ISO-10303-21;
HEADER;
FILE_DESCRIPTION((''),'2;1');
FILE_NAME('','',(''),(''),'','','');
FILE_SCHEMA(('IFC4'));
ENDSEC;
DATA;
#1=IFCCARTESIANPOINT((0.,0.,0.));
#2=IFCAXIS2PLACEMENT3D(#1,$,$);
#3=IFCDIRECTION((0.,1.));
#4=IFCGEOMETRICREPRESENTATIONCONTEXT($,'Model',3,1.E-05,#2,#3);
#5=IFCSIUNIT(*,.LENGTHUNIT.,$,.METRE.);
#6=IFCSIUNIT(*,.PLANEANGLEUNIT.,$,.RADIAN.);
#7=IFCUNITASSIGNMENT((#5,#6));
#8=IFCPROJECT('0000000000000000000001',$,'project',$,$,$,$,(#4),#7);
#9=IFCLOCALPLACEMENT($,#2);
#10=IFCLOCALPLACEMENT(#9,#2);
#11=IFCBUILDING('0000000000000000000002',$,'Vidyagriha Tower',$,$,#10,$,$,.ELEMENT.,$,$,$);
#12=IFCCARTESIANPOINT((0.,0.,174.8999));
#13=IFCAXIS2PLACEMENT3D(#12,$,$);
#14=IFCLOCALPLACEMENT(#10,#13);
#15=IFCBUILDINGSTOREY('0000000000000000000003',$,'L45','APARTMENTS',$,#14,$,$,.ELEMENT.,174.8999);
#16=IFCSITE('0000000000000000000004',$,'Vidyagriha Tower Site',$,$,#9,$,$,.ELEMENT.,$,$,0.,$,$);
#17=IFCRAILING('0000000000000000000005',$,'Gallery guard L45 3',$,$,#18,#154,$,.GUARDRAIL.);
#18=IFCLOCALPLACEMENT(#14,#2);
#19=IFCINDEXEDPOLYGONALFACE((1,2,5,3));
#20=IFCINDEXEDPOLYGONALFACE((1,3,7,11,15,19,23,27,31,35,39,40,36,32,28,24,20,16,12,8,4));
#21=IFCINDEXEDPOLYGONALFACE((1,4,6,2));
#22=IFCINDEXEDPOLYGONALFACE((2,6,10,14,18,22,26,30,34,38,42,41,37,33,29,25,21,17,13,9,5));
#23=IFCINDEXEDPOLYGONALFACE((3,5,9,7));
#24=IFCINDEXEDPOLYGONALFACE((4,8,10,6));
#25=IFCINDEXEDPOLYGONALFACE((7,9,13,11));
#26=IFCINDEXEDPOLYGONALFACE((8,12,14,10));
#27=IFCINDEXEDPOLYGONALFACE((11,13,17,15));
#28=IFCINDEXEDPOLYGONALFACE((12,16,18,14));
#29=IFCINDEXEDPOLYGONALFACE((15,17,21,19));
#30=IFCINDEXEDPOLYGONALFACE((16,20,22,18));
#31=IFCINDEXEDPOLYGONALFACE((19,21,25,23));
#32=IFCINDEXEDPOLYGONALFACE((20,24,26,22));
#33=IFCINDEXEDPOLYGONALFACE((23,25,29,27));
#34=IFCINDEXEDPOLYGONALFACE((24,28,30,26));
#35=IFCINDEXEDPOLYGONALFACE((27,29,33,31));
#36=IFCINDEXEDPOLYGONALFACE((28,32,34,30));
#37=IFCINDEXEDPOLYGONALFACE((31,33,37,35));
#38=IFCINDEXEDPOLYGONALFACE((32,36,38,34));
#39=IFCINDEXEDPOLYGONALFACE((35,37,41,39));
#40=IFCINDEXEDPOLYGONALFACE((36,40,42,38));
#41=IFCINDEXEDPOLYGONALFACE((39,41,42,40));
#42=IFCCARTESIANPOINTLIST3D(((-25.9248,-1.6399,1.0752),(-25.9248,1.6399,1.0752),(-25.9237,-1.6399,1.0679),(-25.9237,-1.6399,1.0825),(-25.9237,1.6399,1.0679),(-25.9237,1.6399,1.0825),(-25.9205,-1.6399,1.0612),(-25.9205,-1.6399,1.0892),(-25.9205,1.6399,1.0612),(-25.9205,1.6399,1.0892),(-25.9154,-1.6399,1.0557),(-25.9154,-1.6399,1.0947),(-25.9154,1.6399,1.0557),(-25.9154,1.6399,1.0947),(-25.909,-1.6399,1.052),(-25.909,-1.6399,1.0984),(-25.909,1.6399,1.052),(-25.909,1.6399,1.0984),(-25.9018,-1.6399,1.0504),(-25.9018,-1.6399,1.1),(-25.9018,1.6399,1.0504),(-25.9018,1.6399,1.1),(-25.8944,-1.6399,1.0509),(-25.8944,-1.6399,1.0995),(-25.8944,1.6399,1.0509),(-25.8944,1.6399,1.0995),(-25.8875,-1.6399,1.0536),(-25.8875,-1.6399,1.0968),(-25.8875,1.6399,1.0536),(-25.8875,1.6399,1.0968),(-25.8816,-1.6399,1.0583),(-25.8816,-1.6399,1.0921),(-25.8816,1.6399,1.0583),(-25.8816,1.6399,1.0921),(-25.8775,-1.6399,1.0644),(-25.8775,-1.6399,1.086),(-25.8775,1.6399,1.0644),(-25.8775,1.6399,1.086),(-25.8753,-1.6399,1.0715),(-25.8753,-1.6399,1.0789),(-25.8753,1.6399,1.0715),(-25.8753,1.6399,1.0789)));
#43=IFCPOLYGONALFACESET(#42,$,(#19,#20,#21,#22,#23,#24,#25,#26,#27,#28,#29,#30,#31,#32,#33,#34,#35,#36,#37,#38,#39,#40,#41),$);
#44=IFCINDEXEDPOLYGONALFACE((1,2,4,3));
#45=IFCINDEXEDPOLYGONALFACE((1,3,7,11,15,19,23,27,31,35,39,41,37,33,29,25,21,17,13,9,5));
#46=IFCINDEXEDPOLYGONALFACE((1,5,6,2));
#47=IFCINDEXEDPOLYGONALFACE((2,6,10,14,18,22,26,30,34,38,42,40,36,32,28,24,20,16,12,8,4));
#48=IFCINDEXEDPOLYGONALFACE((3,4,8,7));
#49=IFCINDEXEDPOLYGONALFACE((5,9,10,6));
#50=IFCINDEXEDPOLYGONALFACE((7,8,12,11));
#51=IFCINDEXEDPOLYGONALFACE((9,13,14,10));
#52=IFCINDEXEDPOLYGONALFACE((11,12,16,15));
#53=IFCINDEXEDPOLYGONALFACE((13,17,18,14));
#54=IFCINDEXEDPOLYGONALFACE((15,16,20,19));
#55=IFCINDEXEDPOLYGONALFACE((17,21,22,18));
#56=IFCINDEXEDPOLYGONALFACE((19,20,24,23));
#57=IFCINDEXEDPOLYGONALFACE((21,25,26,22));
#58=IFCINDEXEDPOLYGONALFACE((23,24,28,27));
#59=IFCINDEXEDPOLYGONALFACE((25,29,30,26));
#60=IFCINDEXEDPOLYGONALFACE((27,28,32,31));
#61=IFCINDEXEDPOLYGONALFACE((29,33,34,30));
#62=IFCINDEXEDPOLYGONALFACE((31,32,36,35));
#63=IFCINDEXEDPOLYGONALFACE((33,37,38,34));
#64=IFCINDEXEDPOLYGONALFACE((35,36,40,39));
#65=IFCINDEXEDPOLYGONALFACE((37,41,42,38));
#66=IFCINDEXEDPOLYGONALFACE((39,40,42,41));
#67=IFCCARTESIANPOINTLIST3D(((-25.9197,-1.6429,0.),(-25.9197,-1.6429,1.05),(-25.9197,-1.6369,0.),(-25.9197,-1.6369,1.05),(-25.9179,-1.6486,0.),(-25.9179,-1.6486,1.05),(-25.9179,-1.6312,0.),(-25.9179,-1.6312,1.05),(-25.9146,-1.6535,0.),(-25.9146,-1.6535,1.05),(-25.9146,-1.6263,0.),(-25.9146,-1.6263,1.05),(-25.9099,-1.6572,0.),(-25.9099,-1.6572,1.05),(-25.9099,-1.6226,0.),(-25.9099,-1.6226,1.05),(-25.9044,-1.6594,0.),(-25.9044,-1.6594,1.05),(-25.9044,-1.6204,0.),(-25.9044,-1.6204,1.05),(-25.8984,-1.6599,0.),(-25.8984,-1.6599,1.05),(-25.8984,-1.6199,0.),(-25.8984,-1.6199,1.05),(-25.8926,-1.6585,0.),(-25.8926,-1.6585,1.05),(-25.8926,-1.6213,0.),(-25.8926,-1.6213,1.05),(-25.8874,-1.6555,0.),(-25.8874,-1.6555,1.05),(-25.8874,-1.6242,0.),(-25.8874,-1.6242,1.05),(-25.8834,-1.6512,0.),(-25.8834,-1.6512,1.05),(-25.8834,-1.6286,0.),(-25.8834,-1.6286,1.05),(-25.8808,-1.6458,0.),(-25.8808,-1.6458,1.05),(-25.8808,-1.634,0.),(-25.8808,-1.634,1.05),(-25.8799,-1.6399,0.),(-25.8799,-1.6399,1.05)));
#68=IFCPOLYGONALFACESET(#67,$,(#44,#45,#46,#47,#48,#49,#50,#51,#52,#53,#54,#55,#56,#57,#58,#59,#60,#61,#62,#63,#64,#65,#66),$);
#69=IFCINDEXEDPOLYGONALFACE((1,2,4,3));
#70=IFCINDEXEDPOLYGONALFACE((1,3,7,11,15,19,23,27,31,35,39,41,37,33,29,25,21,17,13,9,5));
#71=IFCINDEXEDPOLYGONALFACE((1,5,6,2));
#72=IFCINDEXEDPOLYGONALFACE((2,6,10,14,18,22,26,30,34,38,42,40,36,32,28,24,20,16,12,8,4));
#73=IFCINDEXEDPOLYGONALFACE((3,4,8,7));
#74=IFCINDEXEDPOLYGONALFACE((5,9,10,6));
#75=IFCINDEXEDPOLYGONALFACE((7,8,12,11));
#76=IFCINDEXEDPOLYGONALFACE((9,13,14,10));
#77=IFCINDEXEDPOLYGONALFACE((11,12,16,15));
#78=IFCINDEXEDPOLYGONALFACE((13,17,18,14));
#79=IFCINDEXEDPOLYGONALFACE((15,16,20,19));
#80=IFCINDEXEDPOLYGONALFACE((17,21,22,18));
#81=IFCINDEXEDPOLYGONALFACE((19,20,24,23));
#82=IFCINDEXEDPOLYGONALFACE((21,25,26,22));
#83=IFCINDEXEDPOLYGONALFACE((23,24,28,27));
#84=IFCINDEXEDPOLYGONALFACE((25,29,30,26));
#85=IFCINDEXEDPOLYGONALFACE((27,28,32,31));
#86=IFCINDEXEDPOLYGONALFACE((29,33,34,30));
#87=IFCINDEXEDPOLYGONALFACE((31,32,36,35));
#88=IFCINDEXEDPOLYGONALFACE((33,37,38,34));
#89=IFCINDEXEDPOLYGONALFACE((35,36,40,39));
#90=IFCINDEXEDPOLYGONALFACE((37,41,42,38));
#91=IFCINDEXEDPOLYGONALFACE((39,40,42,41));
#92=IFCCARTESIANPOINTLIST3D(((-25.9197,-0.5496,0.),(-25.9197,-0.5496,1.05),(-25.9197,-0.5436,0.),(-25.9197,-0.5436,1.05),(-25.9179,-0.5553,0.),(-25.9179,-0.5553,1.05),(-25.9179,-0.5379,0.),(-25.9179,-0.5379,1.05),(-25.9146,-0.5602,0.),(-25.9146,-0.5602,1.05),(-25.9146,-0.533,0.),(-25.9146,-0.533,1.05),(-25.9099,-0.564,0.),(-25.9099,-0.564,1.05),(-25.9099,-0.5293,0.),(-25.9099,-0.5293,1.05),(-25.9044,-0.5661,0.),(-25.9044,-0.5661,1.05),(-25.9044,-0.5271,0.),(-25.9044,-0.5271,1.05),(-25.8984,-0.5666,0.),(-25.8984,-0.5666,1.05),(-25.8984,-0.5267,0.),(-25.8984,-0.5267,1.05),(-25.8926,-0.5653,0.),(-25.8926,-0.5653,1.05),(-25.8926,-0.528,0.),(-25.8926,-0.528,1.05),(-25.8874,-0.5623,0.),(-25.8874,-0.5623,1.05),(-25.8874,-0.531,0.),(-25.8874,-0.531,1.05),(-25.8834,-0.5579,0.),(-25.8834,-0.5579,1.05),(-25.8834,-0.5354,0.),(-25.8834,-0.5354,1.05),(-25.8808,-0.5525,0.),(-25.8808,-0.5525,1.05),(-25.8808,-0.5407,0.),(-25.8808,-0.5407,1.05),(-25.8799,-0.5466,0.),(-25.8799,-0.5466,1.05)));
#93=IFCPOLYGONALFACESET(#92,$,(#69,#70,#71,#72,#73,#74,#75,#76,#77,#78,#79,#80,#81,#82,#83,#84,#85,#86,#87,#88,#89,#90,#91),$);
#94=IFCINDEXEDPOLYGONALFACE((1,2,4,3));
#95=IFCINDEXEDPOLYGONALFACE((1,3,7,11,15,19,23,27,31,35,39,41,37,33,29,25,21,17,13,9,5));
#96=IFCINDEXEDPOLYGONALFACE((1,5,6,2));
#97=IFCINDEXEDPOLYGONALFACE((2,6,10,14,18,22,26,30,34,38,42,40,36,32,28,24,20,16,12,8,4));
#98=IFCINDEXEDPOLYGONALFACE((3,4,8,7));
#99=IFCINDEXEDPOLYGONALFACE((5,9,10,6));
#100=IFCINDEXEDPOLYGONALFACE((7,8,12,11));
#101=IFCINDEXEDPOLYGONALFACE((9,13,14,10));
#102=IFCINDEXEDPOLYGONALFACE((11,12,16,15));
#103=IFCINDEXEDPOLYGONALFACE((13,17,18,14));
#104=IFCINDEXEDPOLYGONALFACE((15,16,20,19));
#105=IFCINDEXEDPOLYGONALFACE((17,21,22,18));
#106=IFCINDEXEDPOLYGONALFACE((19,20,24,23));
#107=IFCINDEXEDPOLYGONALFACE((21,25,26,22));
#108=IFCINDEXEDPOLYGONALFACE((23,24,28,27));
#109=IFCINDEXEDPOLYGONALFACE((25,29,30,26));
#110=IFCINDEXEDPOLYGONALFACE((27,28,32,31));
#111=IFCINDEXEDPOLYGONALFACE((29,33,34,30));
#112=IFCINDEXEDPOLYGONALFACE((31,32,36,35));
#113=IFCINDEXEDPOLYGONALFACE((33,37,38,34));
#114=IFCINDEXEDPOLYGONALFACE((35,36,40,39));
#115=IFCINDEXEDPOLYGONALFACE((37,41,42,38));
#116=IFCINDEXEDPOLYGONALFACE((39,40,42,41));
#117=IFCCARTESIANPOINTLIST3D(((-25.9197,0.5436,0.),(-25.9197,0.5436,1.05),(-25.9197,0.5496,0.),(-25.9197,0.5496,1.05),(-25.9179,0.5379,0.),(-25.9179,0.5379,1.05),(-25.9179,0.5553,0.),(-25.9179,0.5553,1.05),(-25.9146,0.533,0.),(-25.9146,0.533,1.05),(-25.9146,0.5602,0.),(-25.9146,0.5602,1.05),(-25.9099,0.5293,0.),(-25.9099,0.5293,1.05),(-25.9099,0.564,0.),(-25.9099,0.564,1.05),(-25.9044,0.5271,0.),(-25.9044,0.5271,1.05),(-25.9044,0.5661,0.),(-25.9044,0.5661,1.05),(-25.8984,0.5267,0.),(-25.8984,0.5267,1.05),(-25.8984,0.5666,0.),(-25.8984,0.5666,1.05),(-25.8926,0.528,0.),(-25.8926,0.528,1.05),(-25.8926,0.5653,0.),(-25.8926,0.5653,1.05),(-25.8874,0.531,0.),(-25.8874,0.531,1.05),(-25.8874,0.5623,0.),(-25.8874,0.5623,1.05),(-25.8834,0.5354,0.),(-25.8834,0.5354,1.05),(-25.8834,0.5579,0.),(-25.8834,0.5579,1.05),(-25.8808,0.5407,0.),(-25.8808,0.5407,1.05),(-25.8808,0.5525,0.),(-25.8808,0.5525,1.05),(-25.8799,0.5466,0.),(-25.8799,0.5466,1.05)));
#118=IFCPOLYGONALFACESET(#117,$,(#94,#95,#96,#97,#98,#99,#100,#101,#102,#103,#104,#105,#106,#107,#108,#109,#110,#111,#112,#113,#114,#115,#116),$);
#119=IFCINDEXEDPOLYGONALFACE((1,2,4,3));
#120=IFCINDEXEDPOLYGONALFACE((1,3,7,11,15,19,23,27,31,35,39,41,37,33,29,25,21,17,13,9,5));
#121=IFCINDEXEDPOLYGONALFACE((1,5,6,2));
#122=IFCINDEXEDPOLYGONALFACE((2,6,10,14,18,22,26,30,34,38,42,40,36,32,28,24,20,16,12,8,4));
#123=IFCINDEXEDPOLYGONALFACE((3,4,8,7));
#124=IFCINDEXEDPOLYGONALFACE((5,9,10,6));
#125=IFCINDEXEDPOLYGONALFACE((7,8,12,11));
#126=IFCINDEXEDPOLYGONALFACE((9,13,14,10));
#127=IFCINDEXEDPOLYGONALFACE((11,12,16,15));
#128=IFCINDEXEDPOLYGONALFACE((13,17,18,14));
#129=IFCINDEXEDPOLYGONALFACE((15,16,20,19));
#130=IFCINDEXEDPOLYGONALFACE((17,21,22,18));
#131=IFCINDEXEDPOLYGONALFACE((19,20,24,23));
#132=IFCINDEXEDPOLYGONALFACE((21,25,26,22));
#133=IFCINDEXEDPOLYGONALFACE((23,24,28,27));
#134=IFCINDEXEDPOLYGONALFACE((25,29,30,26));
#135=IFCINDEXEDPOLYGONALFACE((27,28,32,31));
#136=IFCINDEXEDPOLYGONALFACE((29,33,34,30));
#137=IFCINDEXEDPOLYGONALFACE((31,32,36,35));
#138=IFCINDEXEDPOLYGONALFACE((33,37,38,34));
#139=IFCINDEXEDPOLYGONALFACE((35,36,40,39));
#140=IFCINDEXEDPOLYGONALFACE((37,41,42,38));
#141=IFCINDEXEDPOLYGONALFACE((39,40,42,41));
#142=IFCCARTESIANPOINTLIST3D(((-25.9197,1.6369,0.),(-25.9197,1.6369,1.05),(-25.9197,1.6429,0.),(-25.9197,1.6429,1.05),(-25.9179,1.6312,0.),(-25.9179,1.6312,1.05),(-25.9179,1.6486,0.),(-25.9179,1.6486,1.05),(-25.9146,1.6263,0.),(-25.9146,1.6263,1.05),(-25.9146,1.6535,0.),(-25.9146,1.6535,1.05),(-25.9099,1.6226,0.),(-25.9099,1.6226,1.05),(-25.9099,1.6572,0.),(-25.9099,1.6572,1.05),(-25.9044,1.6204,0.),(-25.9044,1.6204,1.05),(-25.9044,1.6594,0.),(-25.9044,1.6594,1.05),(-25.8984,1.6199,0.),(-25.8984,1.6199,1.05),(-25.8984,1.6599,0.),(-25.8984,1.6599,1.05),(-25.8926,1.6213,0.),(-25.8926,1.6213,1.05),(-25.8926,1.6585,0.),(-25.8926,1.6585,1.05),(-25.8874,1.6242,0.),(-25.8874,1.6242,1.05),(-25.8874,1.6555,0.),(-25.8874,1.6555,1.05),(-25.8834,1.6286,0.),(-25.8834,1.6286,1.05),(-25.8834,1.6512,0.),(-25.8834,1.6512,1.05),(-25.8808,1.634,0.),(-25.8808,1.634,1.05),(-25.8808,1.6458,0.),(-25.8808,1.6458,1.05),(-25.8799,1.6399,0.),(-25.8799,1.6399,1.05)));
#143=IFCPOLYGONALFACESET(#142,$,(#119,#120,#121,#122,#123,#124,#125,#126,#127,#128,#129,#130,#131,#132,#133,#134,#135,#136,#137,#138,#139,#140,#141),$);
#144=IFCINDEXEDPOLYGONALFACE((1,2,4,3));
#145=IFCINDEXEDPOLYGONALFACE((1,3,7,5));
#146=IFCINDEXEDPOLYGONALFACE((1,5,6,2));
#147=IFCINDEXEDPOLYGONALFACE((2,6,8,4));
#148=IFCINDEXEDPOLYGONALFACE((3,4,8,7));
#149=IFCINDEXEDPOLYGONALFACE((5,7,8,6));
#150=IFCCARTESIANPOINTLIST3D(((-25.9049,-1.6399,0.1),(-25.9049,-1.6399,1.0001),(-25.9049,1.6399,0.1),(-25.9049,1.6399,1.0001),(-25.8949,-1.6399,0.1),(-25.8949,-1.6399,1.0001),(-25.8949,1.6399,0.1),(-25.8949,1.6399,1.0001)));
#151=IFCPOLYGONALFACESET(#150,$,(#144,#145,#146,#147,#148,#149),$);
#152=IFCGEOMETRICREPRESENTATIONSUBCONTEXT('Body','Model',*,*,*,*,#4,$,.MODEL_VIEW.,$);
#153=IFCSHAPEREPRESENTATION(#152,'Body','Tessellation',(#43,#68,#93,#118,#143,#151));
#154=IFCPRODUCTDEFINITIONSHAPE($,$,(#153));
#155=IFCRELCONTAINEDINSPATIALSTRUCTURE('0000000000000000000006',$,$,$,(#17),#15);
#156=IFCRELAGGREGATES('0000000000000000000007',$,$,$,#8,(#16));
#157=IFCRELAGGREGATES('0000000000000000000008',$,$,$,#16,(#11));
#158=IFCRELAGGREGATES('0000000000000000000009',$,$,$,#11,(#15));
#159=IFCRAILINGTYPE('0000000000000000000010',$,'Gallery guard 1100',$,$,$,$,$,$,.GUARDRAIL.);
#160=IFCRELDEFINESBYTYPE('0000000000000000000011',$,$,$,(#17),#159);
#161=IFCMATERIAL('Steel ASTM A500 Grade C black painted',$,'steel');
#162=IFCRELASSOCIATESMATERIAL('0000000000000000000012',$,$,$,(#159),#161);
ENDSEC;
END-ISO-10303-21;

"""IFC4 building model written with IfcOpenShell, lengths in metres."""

from ifc_helpers import new_model, si_unit, direction, frame, origin, origin_2d, place, context, subcontext, project, spatial, rectangle, circle, extrude, material, type_object, element, save


model = new_model("IFC4")

# Units and contexts
model_context = context("Model", 3, precision=1e-05, world=origin(), true_north=direction((0.0, 1.0)))
body_context = subcontext(model_context, "Body", "Model", "MODEL_VIEW")
ifc_project = project(units=[si_unit("LENGTHUNIT", "METRE"), si_unit("PLANEANGLEUNIT", "RADIAN")], contexts=[model_context])

# Site, building, storey
site_placement = place(None, origin())
site = spatial("IfcSite", under=ifc_project, at=site_placement, Name="Vidyagriha Tower Site", CompositionType="ELEMENT", RefElevation=0.0)
building_placement = place(site_placement, origin())
building = spatial("IfcBuilding", under=site, at=building_placement, Name="Vidyagriha Tower", CompositionType="ELEMENT")
storey_placement = place(building_placement, frame((0.0, 0.0, 174.8999)))
storey = spatial("IfcBuildingStorey", under=building, at=storey_placement, Name="L45", Description="APARTMENTS", CompositionType="ELEMENT", Elevation=174.8999)

# Railing
ifc_material_1 = material(Name="Steel ASTM A500 Grade C black painted", Category="steel")
railing_type_1 = type_object("IfcRailingType", Name="Gallery guard 1100", PredefinedType="GUARDRAIL", material=ifc_material_1)
railing_1_placement = place(storey_placement, frame((-25.8999, -1.6399, 0.0)))
element("IfcRailing", 1, at=railing_1_placement, inside=storey, type_object=railing_type_1, Name="Gallery guard L45 3", PredefinedType="GUARDRAIL", context=body_context, shape_type="SweptSolid", body=[
    extrude(circle(Radius=0.0249, at=origin_2d()), frame((0.0, 0.0, 1.0752), z_axis=(0.0, 1.0, 0.0), x_axis=(-1.0, 0.0, 0.0)), (0.0, 0.0, 1.0), 3.2798),
    extrude(circle(Radius=0.02, at=origin_2d()), origin(), (0.0, 0.0, 1.0), 1.05),
    extrude(circle(Radius=0.02, at=origin_2d()), frame((0.0, 1.0933, 0.0)), (0.0, 0.0, 1.0), 1.05),
    extrude(circle(Radius=0.02, at=origin_2d()), frame((0.0, 2.1865, 0.0)), (0.0, 0.0, 1.0), 1.05),
    extrude(circle(Radius=0.02, at=origin_2d()), frame((0.0, 3.2798, 0.0)), (0.0, 0.0, 1.0), 1.05),
    extrude(rectangle(XDim=0.01, YDim=0.9001, at=origin_2d()), frame((0.0, 0.0, 0.55), z_axis=(0.0, 1.0, 0.0), x_axis=(-1.0, 0.0, 0.0)), (0.0, 0.0, 1.0), 3.2798),
])

save(model, "model.ifc")
